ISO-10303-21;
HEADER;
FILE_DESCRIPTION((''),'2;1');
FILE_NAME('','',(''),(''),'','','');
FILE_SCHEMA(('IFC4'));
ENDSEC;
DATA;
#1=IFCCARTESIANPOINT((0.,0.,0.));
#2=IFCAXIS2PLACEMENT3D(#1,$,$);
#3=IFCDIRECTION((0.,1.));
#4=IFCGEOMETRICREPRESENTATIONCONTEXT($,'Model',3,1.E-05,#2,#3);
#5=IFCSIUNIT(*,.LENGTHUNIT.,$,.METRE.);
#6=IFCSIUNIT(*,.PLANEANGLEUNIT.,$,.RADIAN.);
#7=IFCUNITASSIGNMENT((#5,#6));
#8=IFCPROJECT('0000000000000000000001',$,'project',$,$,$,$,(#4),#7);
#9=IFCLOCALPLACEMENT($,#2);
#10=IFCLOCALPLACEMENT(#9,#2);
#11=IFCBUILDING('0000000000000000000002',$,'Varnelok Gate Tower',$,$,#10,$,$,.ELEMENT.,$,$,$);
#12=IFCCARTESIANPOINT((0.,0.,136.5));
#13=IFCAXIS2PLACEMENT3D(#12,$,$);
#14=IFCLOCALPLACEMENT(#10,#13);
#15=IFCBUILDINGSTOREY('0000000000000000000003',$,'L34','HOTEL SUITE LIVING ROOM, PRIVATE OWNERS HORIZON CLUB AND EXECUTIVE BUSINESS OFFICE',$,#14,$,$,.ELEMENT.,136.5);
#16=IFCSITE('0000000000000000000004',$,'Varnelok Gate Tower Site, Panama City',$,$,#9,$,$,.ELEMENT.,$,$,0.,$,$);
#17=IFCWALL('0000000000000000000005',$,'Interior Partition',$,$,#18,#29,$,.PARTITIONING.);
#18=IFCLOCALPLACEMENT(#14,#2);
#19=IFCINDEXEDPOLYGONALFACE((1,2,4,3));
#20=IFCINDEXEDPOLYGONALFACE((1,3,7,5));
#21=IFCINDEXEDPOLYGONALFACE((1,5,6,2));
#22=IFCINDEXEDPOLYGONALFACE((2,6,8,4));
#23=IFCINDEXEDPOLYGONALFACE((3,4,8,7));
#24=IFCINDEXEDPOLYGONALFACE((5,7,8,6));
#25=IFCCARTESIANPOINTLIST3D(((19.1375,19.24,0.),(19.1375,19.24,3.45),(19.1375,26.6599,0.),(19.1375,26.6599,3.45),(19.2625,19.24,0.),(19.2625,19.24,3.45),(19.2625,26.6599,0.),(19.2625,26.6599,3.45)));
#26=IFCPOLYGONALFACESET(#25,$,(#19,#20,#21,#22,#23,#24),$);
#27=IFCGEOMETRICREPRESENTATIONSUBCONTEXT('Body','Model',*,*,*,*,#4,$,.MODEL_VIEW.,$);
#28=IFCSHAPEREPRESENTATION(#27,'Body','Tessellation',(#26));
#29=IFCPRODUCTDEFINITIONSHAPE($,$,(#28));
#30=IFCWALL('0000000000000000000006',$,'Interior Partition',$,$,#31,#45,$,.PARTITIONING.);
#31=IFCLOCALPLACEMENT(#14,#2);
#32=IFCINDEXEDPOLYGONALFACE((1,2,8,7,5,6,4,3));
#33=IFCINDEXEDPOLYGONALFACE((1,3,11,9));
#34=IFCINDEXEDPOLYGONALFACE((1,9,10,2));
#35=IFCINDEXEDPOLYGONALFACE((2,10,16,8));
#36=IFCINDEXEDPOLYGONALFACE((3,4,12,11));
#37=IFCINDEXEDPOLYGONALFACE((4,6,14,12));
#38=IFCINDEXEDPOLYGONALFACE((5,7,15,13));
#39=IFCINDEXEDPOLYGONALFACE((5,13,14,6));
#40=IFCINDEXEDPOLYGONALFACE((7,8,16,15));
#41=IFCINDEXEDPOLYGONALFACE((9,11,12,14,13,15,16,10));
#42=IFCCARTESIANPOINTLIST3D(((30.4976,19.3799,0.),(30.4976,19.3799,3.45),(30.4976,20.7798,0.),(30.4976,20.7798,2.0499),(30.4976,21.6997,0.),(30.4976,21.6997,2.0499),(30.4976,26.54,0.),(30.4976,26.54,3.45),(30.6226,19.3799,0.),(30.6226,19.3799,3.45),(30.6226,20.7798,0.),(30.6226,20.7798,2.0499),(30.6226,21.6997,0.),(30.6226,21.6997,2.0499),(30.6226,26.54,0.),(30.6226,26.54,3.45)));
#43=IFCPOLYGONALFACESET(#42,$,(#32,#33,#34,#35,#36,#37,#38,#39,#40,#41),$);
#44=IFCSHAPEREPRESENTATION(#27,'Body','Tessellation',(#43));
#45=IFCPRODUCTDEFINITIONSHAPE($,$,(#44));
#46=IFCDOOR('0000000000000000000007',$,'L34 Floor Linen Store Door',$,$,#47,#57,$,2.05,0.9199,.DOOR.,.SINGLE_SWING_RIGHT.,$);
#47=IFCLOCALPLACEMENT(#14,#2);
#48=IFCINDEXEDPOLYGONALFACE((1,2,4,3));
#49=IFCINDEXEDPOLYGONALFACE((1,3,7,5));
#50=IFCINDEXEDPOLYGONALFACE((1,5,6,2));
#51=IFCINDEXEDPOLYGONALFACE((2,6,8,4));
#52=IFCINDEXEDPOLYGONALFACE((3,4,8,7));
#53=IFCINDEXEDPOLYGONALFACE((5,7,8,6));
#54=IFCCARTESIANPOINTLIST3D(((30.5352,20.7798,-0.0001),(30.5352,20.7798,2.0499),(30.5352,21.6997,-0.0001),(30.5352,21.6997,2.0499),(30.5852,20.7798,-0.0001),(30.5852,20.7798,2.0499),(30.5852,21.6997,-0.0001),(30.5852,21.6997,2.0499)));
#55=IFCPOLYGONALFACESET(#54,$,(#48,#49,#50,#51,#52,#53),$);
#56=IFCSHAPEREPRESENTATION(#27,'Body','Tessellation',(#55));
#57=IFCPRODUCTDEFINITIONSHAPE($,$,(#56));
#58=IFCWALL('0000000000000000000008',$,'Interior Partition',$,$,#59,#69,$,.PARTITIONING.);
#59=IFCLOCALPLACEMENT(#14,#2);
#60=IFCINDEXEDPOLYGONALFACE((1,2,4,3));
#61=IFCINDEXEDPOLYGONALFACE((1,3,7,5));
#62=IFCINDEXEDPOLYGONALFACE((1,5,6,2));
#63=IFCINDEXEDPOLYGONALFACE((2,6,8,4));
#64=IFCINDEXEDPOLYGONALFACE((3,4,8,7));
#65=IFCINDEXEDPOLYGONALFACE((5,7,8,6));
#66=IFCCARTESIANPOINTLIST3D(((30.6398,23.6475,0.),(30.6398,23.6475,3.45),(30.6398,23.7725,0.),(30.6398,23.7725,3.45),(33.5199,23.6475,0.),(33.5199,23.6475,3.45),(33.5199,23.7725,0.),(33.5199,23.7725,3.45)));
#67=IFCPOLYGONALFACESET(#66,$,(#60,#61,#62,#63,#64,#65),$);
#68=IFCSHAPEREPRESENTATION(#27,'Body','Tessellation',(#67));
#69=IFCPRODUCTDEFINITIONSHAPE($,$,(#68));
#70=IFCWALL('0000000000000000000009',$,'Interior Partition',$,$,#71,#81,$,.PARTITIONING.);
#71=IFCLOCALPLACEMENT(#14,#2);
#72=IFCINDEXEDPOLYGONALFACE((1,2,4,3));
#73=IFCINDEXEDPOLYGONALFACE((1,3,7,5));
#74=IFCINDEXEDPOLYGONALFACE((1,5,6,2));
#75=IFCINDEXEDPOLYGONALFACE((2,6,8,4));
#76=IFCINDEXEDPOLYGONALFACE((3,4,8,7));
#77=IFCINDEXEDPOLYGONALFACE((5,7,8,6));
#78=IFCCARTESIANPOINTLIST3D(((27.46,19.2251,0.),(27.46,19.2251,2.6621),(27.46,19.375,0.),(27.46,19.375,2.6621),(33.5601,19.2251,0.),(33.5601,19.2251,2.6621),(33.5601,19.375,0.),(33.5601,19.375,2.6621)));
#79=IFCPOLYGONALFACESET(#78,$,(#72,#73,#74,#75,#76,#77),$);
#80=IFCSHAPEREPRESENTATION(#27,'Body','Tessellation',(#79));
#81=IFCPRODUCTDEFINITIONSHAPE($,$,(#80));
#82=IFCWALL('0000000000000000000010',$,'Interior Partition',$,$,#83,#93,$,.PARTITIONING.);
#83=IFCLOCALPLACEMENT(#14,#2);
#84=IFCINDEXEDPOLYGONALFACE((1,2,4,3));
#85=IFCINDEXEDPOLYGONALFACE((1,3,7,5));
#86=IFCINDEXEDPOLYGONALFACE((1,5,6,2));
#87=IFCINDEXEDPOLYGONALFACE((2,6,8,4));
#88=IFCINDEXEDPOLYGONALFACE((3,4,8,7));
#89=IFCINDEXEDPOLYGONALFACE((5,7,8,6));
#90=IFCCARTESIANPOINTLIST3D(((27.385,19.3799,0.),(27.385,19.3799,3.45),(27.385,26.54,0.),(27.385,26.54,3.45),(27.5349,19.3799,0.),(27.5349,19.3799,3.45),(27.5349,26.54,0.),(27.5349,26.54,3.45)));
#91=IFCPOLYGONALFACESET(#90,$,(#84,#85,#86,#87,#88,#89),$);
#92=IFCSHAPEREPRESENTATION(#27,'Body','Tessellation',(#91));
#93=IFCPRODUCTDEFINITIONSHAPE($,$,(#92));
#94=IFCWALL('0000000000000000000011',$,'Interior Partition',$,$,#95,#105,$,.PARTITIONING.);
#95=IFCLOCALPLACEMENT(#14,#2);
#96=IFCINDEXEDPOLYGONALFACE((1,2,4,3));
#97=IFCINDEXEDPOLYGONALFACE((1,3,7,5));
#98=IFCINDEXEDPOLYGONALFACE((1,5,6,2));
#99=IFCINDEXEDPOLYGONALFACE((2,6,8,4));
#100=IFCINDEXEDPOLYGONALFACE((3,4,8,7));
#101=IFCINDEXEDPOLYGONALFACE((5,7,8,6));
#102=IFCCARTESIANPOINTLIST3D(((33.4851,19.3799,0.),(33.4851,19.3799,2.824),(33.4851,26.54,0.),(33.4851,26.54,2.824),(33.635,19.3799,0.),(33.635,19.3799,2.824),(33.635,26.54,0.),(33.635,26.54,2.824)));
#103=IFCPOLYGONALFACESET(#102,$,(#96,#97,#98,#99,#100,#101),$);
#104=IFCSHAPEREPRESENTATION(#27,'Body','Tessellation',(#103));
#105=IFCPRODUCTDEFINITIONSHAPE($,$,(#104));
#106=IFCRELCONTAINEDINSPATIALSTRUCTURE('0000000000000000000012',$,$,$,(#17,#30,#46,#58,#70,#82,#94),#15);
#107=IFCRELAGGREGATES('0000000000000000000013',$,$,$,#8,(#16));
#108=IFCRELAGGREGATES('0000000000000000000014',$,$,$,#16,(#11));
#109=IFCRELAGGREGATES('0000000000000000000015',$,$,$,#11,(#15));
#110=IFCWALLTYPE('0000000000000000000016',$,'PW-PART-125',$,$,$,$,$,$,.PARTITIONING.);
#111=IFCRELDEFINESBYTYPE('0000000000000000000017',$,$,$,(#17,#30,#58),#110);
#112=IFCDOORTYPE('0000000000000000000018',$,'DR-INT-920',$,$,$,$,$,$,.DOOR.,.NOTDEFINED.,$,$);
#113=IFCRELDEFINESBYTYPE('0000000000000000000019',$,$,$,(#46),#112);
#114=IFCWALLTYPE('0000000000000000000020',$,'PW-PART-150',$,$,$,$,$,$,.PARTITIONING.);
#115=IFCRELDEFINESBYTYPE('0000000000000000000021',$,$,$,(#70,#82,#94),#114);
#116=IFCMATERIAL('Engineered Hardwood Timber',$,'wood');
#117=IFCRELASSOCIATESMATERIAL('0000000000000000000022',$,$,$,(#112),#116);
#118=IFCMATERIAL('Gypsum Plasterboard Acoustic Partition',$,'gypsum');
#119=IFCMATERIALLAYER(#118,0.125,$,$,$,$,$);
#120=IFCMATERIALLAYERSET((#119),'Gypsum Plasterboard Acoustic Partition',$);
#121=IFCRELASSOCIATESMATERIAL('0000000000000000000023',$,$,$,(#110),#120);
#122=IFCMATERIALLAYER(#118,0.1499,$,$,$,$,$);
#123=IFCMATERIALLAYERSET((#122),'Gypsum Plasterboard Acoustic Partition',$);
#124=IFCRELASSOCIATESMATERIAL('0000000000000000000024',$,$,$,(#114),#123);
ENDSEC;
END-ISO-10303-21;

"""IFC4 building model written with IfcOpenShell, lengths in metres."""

from ifc_helpers import new_model, si_unit, direction, frame, frame_2d, origin, place, context, subcontext, project, spatial, rectangle, extrude, material, layer, layer_set, type_object, element, fill, save


model = new_model("IFC4")

# Units and contexts
model_context = context("Model", 3, precision=1e-05, world=origin(), true_north=direction((0.0, 1.0)))
body_context = subcontext(model_context, "Body", "Model", "MODEL_VIEW")
ifc_project = project(units=[si_unit("LENGTHUNIT", "METRE"), si_unit("PLANEANGLEUNIT", "RADIAN")], contexts=[model_context])

# Site, building, storey
site_placement = place(None, origin())
site = spatial("IfcSite", under=ifc_project, at=site_placement, Name="Varnelok Gate Tower Site, Panama City", CompositionType="ELEMENT", RefElevation=0.0)
building_placement = place(site_placement, origin())
building = spatial("IfcBuilding", under=site, at=building_placement, Name="Varnelok Gate Tower", CompositionType="ELEMENT")
storey_placement = place(building_placement, frame((0.0, 0.0, 136.5)))
storey = spatial("IfcBuildingStorey", under=building, at=storey_placement, Name="L34", Description="HOTEL SUITE LIVING ROOM, PRIVATE OWNERS HORIZON CLUB AND EXECUTIVE BUSINESS OFFICE", CompositionType="ELEMENT", Elevation=136.5)

# Shared definitions
ifc_material_1 = material(Name="Gypsum Plasterboard Acoustic Partition", Category="gypsum")
ifc_material_2 = material(Name="Engineered Hardwood Timber", Category="wood")
door_type_1 = type_object("IfcDoorType", Name="DR-INT-920", OperationType="NOTDEFINED", PredefinedType="DOOR", material=ifc_material_2)

# Wall
ifc_layer_1 = layer(ifc_material_1, 0.125)
ifc_layer_set_1 = layer_set([ifc_layer_1], Name="Gypsum Plasterboard Acoustic Partition")
wall_type_1 = type_object("IfcWallType", Name="PW-PART-125", PredefinedType="PARTITIONING", material=ifc_layer_set_1)
wall_1_placement = place(storey_placement, frame((19.2, 19.24, 0.0), z_axis=(0.0, 0.0, 1.0), x_axis=(0.0, 1.0, 0.0)))
element("IfcWall", 1, at=wall_1_placement, inside=storey, type_object=wall_type_1, Name="Interior Partition", PredefinedType="PARTITIONING", context=body_context, shape_type="SweptSolid", body=[
    extrude(rectangle(XDim=7.4199, YDim=0.125, at=frame_2d((3.71, 0.0))), origin(), (0.0, 0.0, 1.0), 3.45),
])

# Wall, opening, door
wall_2_placement = place(storey_placement, frame((30.5601, 19.3799, 0.0), z_axis=(0.0, 0.0, 1.0), x_axis=(0.0, 1.0, 0.0)))
wall_2 = element("IfcWall", 2, at=wall_2_placement, inside=storey, type_object=wall_type_1, Name="Interior Partition", PredefinedType="PARTITIONING", context=body_context, shape_type="SweptSolid", body=[
    extrude(rectangle(XDim=7.1602, YDim=0.125, at=frame_2d((3.5801, 0.0))), origin(), (0.0, 0.0, 1.0), 3.45),
])
opening_1_placement = place(wall_2_placement, frame((1.3999, 0.0, 0.0)))
opening_1 = element("IfcOpeningElement", 3, at=opening_1_placement, cuts=wall_2, PredefinedType="OPENING", context=body_context, shape_type="SweptSolid", body=[
    extrude(rectangle(XDim=0.9199, YDim=2.05, at=frame_2d((0.46, 1.0249))), frame((0.0, 0.0725, 0.0), z_axis=(0.0, -1.0, 0.0), x_axis=(1.0, 0.0, 0.0)), (0.0, 0.0, 1.0), 0.145),
])
door_1_placement = place(opening_1_placement, origin())
door_1 = element("IfcDoor", 4, at=door_1_placement, inside=storey, type_object=door_type_1, Name="L34 Floor Linen Store Door", OperationType="SINGLE_SWING_RIGHT", OverallHeight=2.05, OverallWidth=0.9199, PredefinedType="DOOR", context=body_context, shape_type="SweptSolid", body=[
    extrude(rectangle(XDim=0.9199, YDim=2.05, at=frame_2d((0.46, 1.0249))), frame((0.0, 0.0249, 0.0), z_axis=(0.0, -1.0, 0.0), x_axis=(1.0, 0.0, 0.0)), (0.0, 0.0, 1.0), 0.05),
])
fill(opening_1, door_1)

# Walls
wall_3_placement = place(storey_placement, frame((30.6399, 23.71, 0.0), z_axis=(0.0, 0.0, 1.0), x_axis=(1.0, 0.0, 0.0)))
element("IfcWall", 5, at=wall_3_placement, inside=storey, type_object=wall_type_1, Name="Interior Partition", PredefinedType="PARTITIONING", context=body_context, shape_type="SweptSolid", body=[
    extrude(rectangle(XDim=2.8801, YDim=0.125, at=frame_2d((1.4399, 0.0))), origin(), (0.0, 0.0, 1.0), 3.45),
])
ifc_layer_2 = layer(ifc_material_1, 0.1499)
ifc_layer_set_2 = layer_set([ifc_layer_2], Name="Gypsum Plasterboard Acoustic Partition")
wall_type_2 = type_object("IfcWallType", Name="PW-PART-150", PredefinedType="PARTITIONING", material=ifc_layer_set_2)
wall_4_placement = place(storey_placement, frame((27.46, 19.3, 0.0), z_axis=(0.0, 0.0, 1.0), x_axis=(1.0, 0.0, 0.0)))
element("IfcWall", 6, at=wall_4_placement, inside=storey, type_object=wall_type_2, Name="Interior Partition", PredefinedType="PARTITIONING", context=body_context, shape_type="SweptSolid", body=[
    extrude(rectangle(XDim=6.1001, YDim=0.1499, at=frame_2d((3.05, 0.0))), origin(), (0.0, 0.0, 1.0), 2.6621),
])
wall_5_placement = place(storey_placement, frame((27.46, 19.3799, 0.0), z_axis=(0.0, 0.0, 1.0), x_axis=(0.0, 1.0, 0.0)))
element("IfcWall", 7, at=wall_5_placement, inside=storey, type_object=wall_type_2, Name="Interior Partition", PredefinedType="PARTITIONING", context=body_context, shape_type="SweptSolid", body=[
    extrude(rectangle(XDim=7.1602, YDim=0.1499, at=frame_2d((3.5801, 0.0))), origin(), (0.0, 0.0, 1.0), 3.45),
])
wall_6_placement = place(storey_placement, frame((33.5601, 19.3799, 0.0), z_axis=(0.0, 0.0, 1.0), x_axis=(0.0, 1.0, 0.0)))
element("IfcWall", 8, at=wall_6_placement, inside=storey, type_object=wall_type_2, Name="Interior Partition", PredefinedType="PARTITIONING", context=body_context, shape_type="SweptSolid", body=[
    extrude(rectangle(XDim=7.1602, YDim=0.1499, at=frame_2d((3.5801, 0.0))), origin(), (0.0, 0.0, 1.0), 2.824),
])

save(model, "model.ifc")
